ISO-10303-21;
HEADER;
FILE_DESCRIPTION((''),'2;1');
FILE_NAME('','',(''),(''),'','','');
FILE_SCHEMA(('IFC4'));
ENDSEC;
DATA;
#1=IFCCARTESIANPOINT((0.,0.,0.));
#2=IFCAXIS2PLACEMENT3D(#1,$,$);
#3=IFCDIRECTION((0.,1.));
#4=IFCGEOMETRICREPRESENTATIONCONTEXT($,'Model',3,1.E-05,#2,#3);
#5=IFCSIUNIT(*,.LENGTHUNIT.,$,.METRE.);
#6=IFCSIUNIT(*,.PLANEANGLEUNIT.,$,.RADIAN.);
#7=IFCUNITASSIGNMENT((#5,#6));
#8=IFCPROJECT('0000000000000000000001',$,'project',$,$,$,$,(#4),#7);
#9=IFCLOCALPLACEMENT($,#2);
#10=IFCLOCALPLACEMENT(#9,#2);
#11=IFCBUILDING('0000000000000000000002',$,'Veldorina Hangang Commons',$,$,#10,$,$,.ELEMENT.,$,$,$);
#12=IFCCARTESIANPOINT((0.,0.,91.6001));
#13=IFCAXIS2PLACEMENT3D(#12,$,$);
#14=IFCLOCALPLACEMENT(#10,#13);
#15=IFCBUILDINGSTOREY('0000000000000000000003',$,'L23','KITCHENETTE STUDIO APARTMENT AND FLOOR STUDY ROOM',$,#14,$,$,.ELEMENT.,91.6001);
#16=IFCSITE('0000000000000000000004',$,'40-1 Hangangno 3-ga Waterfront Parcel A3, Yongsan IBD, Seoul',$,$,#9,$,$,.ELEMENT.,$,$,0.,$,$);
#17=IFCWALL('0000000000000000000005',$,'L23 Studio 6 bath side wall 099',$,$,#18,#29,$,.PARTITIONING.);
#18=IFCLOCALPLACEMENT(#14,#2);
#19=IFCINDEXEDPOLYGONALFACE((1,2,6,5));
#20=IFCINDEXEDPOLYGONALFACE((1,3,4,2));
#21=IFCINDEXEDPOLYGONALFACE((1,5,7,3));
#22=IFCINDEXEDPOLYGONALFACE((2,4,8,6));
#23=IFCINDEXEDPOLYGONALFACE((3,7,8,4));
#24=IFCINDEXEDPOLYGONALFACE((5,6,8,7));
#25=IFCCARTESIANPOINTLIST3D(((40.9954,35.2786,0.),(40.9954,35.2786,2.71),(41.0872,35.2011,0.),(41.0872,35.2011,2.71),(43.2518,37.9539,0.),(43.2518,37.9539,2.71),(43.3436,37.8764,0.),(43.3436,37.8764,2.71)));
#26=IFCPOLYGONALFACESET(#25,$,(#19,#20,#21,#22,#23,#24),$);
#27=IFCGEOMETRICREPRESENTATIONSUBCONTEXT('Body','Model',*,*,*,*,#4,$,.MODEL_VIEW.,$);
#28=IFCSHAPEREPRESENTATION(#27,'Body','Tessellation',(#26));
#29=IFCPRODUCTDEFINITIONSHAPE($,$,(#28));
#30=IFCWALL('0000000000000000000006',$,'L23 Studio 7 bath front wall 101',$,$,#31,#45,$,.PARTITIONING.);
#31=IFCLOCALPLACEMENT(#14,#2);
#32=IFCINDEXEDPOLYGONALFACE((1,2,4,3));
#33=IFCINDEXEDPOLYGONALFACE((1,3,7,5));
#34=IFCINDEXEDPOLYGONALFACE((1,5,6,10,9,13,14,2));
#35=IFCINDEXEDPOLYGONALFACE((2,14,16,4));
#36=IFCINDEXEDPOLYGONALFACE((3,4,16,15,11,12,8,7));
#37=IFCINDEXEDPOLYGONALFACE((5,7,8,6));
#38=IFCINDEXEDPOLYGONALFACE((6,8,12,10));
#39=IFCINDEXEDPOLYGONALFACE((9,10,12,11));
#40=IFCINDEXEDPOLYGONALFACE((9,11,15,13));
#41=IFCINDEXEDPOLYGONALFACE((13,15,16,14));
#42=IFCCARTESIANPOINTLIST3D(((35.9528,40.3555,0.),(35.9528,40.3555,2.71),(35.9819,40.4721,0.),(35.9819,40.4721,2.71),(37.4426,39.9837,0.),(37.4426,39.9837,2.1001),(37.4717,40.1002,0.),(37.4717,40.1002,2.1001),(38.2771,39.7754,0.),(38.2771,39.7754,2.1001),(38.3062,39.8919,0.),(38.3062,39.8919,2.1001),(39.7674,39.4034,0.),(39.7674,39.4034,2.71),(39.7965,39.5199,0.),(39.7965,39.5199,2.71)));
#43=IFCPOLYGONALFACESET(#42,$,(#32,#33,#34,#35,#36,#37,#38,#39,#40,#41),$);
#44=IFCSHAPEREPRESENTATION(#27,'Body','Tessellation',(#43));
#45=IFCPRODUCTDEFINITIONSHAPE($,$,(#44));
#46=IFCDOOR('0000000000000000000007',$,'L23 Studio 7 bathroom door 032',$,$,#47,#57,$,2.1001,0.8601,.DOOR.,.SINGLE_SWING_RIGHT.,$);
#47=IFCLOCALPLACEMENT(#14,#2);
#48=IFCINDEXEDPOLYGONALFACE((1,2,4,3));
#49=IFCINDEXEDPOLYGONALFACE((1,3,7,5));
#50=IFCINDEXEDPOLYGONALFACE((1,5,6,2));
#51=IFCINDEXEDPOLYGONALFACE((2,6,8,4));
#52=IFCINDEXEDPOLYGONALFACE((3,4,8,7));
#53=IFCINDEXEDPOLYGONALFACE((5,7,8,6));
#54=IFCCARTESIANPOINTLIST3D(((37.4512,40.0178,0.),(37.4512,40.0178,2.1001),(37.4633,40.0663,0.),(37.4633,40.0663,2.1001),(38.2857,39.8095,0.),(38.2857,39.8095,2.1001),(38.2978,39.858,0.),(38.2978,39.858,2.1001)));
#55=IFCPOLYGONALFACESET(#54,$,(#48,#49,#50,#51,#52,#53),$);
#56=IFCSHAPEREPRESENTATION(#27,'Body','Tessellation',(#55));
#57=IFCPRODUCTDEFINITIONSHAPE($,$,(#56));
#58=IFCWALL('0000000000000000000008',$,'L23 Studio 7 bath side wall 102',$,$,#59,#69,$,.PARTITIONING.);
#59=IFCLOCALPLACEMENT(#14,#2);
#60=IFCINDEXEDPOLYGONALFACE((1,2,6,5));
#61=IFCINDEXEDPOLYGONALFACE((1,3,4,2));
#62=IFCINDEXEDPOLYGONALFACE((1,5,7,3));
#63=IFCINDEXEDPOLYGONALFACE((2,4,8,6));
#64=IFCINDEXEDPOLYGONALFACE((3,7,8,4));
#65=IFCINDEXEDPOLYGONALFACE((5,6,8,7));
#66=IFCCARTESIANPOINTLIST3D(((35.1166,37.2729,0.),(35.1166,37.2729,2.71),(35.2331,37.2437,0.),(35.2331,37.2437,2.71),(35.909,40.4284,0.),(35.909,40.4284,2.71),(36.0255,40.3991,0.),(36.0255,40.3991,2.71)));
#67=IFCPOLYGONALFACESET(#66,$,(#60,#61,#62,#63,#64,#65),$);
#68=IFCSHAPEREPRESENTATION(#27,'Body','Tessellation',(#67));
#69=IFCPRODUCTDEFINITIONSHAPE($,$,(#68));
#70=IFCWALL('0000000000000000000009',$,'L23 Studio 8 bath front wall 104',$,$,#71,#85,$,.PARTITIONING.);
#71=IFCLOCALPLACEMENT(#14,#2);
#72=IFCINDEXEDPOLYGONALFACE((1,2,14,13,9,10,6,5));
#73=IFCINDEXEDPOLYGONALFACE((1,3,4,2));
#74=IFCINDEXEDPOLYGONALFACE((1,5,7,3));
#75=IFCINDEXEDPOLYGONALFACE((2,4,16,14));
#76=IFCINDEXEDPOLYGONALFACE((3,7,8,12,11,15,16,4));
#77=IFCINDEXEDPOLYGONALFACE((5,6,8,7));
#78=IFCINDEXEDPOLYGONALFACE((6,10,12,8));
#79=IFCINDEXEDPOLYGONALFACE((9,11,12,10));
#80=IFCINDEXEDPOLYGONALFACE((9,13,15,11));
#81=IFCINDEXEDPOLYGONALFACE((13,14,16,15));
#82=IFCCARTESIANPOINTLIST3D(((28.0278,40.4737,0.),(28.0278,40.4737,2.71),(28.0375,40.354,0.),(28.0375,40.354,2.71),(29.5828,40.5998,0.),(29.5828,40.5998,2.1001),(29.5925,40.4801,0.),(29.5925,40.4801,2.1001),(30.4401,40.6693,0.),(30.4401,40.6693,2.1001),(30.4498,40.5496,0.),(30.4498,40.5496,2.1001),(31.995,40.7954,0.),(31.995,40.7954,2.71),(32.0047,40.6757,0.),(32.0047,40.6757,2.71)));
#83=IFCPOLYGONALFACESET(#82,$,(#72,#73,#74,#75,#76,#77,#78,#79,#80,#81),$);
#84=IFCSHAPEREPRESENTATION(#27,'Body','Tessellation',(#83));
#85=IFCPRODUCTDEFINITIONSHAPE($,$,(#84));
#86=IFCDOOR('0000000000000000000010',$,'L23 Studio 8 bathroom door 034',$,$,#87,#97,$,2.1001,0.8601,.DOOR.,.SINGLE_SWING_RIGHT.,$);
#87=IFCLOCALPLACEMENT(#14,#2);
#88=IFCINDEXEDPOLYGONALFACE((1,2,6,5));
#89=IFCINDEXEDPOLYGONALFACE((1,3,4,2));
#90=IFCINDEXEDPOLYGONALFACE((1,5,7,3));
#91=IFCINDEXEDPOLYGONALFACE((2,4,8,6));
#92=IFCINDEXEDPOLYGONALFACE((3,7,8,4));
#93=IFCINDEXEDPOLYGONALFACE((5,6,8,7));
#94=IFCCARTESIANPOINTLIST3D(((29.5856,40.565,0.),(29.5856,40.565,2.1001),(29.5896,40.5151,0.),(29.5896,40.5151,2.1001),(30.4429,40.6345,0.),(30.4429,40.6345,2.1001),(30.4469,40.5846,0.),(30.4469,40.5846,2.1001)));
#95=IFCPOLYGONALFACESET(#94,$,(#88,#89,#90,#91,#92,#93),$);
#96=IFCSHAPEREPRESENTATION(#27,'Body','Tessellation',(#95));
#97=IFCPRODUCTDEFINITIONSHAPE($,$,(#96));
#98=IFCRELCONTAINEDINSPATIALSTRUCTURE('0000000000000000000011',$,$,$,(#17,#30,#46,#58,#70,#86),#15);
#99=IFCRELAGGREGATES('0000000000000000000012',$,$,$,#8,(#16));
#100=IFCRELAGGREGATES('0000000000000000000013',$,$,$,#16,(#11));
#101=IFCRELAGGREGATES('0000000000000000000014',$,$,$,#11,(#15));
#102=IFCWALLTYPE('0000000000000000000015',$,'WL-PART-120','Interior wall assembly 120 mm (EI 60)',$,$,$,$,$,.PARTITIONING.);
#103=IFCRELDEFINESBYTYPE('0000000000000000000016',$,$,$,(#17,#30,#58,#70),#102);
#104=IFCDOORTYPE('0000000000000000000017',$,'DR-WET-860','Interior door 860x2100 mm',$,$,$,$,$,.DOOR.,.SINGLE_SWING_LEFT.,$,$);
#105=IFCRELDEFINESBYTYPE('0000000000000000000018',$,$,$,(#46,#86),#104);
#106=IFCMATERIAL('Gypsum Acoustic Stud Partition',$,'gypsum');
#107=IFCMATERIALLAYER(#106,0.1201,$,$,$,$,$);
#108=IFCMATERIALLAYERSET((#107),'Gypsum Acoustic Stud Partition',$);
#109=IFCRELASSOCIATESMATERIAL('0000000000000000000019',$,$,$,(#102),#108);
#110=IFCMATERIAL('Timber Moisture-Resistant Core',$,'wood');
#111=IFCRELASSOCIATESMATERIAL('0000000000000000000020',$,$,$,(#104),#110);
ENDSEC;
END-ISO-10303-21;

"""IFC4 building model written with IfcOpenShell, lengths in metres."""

from ifc_helpers import new_model, si_unit, direction, frame, frame_2d, origin, place, context, subcontext, project, spatial, rectangle, extrude, material, layer, layer_set, type_object, element, fill, save


model = new_model("IFC4")

# Units and contexts
model_context = context("Model", 3, precision=1e-05, world=origin(), true_north=direction((0.0, 1.0)))
body_context = subcontext(model_context, "Body", "Model", "MODEL_VIEW")
ifc_project = project(units=[si_unit("LENGTHUNIT", "METRE"), si_unit("PLANEANGLEUNIT", "RADIAN")], contexts=[model_context])

# Site, building, storey
site_placement = place(None, origin())
site = spatial("IfcSite", under=ifc_project, at=site_placement, Name="40-1 Hangangno 3-ga Waterfront Parcel A3, Yongsan IBD, Seoul", CompositionType="ELEMENT", RefElevation=0.0)
building_placement = place(site_placement, origin())
building = spatial("IfcBuilding", under=site, at=building_placement, Name="Veldorina Hangang Commons", CompositionType="ELEMENT")
storey_placement = place(building_placement, frame((0.0, 0.0, 91.6001)))
storey = spatial("IfcBuildingStorey", under=building, at=storey_placement, Name="L23", Description="KITCHENETTE STUDIO APARTMENT AND FLOOR STUDY ROOM", CompositionType="ELEMENT", Elevation=91.6001)

# Wall
ifc_material_1 = material(Name="Gypsum Acoustic Stud Partition", Category="gypsum")
ifc_layer_1 = layer(ifc_material_1, 0.1201)
ifc_layer_set_1 = layer_set([ifc_layer_1], Name="Gypsum Acoustic Stud Partition")
wall_type_1 = type_object("IfcWallType", Name="WL-PART-120", Description="Interior wall assembly 120 mm (EI 60)", PredefinedType="PARTITIONING", material=ifc_layer_set_1)
wall_1_placement = place(storey_placement, frame((41.0413, 35.2397, 0.0), z_axis=(0.0, 0.0, 1.0), x_axis=(0.644716, 0.764423, 0.0)))
element("IfcWall", 1, at=wall_1_placement, inside=storey, type_object=wall_type_1, Name="L23 Studio 6 bath side wall 099", PredefinedType="PARTITIONING", context=body_context, shape_type="SweptSolid", body=[
    extrude(rectangle(XDim=3.4998, YDim=0.1201, at=frame_2d((1.75, 0.0))), origin(), (0.0, 0.0, 1.0), 2.71),
])

# Wall, opening, door
wall_2_placement = place(storey_placement, frame((39.782, 39.4617, 0.0), z_axis=(0.0, 0.0, 1.0), x_axis=(-0.970234, 0.24217, 0.0)))
wall_2 = element("IfcWall", 2, at=wall_2_placement, inside=storey, type_object=wall_type_1, Name="L23 Studio 7 bath front wall 101", PredefinedType="PARTITIONING", context=body_context, shape_type="SweptSolid", body=[
    extrude(rectangle(XDim=3.9316, YDim=0.1201, at=frame_2d((1.9658, 0.0))), origin(), (0.0, 0.0, 1.0), 2.71),
])
opening_1_placement = place(wall_2_placement, frame((1.5359, 0.0, 0.0)))
opening_1 = element("IfcOpeningElement", 3, at=opening_1_placement, cuts=wall_2, PredefinedType="OPENING", context=body_context, shape_type="SweptSolid", body=[
    extrude(rectangle(XDim=0.8601, YDim=2.1001, at=frame_2d((0.4302, 1.05))), frame((0.0, 0.0701, 0.0), z_axis=(0.0, -1.0, 0.0), x_axis=(1.0, 0.0, 0.0)), (0.0, 0.0, 1.0), 0.1401),
])
ifc_material_2 = material(Name="Timber Moisture-Resistant Core", Category="wood")
door_type_1 = type_object("IfcDoorType", Name="DR-WET-860", Description="Interior door 860x2100 mm", OperationType="SINGLE_SWING_LEFT", PredefinedType="DOOR", material=ifc_material_2)
door_1_placement = place(opening_1_placement, origin())
door_1 = element("IfcDoor", 4, at=door_1_placement, inside=storey, type_object=door_type_1, Name="L23 Studio 7 bathroom door 032", OperationType="SINGLE_SWING_RIGHT", OverallHeight=2.1001, OverallWidth=0.8601, PredefinedType="DOOR", context=body_context, shape_type="SweptSolid", body=[
    extrude(rectangle(XDim=0.8601, YDim=2.1001, at=frame_2d((0.4302, 1.05))), frame((0.0, 0.0249, 0.0), z_axis=(0.0, -1.0, 0.0), x_axis=(1.0, 0.0, 0.0)), (0.0, 0.0, 1.0), 0.05),
])
fill(opening_1, door_1)

# Wall
wall_3_placement = place(storey_placement, frame((35.1748, 37.2583, 0.0), z_axis=(0.0, 0.0, 1.0), x_axis=(0.243577, 0.969882, 0.0)))
element("IfcWall", 5, at=wall_3_placement, inside=storey, type_object=wall_type_1, Name="L23 Studio 7 bath side wall 102", PredefinedType="PARTITIONING", context=body_context, shape_type="SweptSolid", body=[
    extrude(rectangle(XDim=3.2534, YDim=0.1201, at=frame_2d((1.6267, 0.0))), origin(), (0.0, 0.0, 1.0), 2.71),
])

# Wall, opening, door
wall_4_placement = place(storey_placement, frame((32.0, 40.7356, 0.0), z_axis=(0.0, 0.0, 1.0), x_axis=(-0.996727, -0.080842, 0.0)))
wall_4 = element("IfcWall", 6, at=wall_4_placement, inside=storey, type_object=wall_type_1, Name="L23 Studio 8 bath front wall 104", PredefinedType="PARTITIONING", context=body_context, shape_type="SweptSolid", body=[
    extrude(rectangle(XDim=3.9802, YDim=0.1201, at=frame_2d((1.9902, 0.0))), origin(), (0.0, 0.0, 1.0), 2.71),
])
opening_2_placement = place(wall_4_placement, frame((1.5601, 0.0, 0.0)))
opening_2 = element("IfcOpeningElement", 7, at=opening_2_placement, cuts=wall_4, PredefinedType="OPENING", context=body_context, shape_type="SweptSolid", body=[
    extrude(rectangle(XDim=0.8601, YDim=2.1001, at=frame_2d((0.4302, 1.05))), frame((0.0, 0.0701, 0.0), z_axis=(0.0, -1.0, 0.0), x_axis=(1.0, 0.0, 0.0)), (0.0, 0.0, 1.0), 0.1401),
])
door_2_placement = place(opening_2_placement, origin())
door_2 = element("IfcDoor", 8, at=door_2_placement, inside=storey, type_object=door_type_1, Name="L23 Studio 8 bathroom door 034", OperationType="SINGLE_SWING_RIGHT", OverallHeight=2.1001, OverallWidth=0.8601, PredefinedType="DOOR", context=body_context, shape_type="SweptSolid", body=[
    extrude(rectangle(XDim=0.8601, YDim=2.1001, at=frame_2d((0.4302, 1.05))), frame((0.0, 0.0249, 0.0), z_axis=(0.0, -1.0, 0.0), x_axis=(1.0, 0.0, 0.0)), (0.0, 0.0, 1.0), 0.05),
])
fill(opening_2, door_2)

save(model, "model.ifc")
